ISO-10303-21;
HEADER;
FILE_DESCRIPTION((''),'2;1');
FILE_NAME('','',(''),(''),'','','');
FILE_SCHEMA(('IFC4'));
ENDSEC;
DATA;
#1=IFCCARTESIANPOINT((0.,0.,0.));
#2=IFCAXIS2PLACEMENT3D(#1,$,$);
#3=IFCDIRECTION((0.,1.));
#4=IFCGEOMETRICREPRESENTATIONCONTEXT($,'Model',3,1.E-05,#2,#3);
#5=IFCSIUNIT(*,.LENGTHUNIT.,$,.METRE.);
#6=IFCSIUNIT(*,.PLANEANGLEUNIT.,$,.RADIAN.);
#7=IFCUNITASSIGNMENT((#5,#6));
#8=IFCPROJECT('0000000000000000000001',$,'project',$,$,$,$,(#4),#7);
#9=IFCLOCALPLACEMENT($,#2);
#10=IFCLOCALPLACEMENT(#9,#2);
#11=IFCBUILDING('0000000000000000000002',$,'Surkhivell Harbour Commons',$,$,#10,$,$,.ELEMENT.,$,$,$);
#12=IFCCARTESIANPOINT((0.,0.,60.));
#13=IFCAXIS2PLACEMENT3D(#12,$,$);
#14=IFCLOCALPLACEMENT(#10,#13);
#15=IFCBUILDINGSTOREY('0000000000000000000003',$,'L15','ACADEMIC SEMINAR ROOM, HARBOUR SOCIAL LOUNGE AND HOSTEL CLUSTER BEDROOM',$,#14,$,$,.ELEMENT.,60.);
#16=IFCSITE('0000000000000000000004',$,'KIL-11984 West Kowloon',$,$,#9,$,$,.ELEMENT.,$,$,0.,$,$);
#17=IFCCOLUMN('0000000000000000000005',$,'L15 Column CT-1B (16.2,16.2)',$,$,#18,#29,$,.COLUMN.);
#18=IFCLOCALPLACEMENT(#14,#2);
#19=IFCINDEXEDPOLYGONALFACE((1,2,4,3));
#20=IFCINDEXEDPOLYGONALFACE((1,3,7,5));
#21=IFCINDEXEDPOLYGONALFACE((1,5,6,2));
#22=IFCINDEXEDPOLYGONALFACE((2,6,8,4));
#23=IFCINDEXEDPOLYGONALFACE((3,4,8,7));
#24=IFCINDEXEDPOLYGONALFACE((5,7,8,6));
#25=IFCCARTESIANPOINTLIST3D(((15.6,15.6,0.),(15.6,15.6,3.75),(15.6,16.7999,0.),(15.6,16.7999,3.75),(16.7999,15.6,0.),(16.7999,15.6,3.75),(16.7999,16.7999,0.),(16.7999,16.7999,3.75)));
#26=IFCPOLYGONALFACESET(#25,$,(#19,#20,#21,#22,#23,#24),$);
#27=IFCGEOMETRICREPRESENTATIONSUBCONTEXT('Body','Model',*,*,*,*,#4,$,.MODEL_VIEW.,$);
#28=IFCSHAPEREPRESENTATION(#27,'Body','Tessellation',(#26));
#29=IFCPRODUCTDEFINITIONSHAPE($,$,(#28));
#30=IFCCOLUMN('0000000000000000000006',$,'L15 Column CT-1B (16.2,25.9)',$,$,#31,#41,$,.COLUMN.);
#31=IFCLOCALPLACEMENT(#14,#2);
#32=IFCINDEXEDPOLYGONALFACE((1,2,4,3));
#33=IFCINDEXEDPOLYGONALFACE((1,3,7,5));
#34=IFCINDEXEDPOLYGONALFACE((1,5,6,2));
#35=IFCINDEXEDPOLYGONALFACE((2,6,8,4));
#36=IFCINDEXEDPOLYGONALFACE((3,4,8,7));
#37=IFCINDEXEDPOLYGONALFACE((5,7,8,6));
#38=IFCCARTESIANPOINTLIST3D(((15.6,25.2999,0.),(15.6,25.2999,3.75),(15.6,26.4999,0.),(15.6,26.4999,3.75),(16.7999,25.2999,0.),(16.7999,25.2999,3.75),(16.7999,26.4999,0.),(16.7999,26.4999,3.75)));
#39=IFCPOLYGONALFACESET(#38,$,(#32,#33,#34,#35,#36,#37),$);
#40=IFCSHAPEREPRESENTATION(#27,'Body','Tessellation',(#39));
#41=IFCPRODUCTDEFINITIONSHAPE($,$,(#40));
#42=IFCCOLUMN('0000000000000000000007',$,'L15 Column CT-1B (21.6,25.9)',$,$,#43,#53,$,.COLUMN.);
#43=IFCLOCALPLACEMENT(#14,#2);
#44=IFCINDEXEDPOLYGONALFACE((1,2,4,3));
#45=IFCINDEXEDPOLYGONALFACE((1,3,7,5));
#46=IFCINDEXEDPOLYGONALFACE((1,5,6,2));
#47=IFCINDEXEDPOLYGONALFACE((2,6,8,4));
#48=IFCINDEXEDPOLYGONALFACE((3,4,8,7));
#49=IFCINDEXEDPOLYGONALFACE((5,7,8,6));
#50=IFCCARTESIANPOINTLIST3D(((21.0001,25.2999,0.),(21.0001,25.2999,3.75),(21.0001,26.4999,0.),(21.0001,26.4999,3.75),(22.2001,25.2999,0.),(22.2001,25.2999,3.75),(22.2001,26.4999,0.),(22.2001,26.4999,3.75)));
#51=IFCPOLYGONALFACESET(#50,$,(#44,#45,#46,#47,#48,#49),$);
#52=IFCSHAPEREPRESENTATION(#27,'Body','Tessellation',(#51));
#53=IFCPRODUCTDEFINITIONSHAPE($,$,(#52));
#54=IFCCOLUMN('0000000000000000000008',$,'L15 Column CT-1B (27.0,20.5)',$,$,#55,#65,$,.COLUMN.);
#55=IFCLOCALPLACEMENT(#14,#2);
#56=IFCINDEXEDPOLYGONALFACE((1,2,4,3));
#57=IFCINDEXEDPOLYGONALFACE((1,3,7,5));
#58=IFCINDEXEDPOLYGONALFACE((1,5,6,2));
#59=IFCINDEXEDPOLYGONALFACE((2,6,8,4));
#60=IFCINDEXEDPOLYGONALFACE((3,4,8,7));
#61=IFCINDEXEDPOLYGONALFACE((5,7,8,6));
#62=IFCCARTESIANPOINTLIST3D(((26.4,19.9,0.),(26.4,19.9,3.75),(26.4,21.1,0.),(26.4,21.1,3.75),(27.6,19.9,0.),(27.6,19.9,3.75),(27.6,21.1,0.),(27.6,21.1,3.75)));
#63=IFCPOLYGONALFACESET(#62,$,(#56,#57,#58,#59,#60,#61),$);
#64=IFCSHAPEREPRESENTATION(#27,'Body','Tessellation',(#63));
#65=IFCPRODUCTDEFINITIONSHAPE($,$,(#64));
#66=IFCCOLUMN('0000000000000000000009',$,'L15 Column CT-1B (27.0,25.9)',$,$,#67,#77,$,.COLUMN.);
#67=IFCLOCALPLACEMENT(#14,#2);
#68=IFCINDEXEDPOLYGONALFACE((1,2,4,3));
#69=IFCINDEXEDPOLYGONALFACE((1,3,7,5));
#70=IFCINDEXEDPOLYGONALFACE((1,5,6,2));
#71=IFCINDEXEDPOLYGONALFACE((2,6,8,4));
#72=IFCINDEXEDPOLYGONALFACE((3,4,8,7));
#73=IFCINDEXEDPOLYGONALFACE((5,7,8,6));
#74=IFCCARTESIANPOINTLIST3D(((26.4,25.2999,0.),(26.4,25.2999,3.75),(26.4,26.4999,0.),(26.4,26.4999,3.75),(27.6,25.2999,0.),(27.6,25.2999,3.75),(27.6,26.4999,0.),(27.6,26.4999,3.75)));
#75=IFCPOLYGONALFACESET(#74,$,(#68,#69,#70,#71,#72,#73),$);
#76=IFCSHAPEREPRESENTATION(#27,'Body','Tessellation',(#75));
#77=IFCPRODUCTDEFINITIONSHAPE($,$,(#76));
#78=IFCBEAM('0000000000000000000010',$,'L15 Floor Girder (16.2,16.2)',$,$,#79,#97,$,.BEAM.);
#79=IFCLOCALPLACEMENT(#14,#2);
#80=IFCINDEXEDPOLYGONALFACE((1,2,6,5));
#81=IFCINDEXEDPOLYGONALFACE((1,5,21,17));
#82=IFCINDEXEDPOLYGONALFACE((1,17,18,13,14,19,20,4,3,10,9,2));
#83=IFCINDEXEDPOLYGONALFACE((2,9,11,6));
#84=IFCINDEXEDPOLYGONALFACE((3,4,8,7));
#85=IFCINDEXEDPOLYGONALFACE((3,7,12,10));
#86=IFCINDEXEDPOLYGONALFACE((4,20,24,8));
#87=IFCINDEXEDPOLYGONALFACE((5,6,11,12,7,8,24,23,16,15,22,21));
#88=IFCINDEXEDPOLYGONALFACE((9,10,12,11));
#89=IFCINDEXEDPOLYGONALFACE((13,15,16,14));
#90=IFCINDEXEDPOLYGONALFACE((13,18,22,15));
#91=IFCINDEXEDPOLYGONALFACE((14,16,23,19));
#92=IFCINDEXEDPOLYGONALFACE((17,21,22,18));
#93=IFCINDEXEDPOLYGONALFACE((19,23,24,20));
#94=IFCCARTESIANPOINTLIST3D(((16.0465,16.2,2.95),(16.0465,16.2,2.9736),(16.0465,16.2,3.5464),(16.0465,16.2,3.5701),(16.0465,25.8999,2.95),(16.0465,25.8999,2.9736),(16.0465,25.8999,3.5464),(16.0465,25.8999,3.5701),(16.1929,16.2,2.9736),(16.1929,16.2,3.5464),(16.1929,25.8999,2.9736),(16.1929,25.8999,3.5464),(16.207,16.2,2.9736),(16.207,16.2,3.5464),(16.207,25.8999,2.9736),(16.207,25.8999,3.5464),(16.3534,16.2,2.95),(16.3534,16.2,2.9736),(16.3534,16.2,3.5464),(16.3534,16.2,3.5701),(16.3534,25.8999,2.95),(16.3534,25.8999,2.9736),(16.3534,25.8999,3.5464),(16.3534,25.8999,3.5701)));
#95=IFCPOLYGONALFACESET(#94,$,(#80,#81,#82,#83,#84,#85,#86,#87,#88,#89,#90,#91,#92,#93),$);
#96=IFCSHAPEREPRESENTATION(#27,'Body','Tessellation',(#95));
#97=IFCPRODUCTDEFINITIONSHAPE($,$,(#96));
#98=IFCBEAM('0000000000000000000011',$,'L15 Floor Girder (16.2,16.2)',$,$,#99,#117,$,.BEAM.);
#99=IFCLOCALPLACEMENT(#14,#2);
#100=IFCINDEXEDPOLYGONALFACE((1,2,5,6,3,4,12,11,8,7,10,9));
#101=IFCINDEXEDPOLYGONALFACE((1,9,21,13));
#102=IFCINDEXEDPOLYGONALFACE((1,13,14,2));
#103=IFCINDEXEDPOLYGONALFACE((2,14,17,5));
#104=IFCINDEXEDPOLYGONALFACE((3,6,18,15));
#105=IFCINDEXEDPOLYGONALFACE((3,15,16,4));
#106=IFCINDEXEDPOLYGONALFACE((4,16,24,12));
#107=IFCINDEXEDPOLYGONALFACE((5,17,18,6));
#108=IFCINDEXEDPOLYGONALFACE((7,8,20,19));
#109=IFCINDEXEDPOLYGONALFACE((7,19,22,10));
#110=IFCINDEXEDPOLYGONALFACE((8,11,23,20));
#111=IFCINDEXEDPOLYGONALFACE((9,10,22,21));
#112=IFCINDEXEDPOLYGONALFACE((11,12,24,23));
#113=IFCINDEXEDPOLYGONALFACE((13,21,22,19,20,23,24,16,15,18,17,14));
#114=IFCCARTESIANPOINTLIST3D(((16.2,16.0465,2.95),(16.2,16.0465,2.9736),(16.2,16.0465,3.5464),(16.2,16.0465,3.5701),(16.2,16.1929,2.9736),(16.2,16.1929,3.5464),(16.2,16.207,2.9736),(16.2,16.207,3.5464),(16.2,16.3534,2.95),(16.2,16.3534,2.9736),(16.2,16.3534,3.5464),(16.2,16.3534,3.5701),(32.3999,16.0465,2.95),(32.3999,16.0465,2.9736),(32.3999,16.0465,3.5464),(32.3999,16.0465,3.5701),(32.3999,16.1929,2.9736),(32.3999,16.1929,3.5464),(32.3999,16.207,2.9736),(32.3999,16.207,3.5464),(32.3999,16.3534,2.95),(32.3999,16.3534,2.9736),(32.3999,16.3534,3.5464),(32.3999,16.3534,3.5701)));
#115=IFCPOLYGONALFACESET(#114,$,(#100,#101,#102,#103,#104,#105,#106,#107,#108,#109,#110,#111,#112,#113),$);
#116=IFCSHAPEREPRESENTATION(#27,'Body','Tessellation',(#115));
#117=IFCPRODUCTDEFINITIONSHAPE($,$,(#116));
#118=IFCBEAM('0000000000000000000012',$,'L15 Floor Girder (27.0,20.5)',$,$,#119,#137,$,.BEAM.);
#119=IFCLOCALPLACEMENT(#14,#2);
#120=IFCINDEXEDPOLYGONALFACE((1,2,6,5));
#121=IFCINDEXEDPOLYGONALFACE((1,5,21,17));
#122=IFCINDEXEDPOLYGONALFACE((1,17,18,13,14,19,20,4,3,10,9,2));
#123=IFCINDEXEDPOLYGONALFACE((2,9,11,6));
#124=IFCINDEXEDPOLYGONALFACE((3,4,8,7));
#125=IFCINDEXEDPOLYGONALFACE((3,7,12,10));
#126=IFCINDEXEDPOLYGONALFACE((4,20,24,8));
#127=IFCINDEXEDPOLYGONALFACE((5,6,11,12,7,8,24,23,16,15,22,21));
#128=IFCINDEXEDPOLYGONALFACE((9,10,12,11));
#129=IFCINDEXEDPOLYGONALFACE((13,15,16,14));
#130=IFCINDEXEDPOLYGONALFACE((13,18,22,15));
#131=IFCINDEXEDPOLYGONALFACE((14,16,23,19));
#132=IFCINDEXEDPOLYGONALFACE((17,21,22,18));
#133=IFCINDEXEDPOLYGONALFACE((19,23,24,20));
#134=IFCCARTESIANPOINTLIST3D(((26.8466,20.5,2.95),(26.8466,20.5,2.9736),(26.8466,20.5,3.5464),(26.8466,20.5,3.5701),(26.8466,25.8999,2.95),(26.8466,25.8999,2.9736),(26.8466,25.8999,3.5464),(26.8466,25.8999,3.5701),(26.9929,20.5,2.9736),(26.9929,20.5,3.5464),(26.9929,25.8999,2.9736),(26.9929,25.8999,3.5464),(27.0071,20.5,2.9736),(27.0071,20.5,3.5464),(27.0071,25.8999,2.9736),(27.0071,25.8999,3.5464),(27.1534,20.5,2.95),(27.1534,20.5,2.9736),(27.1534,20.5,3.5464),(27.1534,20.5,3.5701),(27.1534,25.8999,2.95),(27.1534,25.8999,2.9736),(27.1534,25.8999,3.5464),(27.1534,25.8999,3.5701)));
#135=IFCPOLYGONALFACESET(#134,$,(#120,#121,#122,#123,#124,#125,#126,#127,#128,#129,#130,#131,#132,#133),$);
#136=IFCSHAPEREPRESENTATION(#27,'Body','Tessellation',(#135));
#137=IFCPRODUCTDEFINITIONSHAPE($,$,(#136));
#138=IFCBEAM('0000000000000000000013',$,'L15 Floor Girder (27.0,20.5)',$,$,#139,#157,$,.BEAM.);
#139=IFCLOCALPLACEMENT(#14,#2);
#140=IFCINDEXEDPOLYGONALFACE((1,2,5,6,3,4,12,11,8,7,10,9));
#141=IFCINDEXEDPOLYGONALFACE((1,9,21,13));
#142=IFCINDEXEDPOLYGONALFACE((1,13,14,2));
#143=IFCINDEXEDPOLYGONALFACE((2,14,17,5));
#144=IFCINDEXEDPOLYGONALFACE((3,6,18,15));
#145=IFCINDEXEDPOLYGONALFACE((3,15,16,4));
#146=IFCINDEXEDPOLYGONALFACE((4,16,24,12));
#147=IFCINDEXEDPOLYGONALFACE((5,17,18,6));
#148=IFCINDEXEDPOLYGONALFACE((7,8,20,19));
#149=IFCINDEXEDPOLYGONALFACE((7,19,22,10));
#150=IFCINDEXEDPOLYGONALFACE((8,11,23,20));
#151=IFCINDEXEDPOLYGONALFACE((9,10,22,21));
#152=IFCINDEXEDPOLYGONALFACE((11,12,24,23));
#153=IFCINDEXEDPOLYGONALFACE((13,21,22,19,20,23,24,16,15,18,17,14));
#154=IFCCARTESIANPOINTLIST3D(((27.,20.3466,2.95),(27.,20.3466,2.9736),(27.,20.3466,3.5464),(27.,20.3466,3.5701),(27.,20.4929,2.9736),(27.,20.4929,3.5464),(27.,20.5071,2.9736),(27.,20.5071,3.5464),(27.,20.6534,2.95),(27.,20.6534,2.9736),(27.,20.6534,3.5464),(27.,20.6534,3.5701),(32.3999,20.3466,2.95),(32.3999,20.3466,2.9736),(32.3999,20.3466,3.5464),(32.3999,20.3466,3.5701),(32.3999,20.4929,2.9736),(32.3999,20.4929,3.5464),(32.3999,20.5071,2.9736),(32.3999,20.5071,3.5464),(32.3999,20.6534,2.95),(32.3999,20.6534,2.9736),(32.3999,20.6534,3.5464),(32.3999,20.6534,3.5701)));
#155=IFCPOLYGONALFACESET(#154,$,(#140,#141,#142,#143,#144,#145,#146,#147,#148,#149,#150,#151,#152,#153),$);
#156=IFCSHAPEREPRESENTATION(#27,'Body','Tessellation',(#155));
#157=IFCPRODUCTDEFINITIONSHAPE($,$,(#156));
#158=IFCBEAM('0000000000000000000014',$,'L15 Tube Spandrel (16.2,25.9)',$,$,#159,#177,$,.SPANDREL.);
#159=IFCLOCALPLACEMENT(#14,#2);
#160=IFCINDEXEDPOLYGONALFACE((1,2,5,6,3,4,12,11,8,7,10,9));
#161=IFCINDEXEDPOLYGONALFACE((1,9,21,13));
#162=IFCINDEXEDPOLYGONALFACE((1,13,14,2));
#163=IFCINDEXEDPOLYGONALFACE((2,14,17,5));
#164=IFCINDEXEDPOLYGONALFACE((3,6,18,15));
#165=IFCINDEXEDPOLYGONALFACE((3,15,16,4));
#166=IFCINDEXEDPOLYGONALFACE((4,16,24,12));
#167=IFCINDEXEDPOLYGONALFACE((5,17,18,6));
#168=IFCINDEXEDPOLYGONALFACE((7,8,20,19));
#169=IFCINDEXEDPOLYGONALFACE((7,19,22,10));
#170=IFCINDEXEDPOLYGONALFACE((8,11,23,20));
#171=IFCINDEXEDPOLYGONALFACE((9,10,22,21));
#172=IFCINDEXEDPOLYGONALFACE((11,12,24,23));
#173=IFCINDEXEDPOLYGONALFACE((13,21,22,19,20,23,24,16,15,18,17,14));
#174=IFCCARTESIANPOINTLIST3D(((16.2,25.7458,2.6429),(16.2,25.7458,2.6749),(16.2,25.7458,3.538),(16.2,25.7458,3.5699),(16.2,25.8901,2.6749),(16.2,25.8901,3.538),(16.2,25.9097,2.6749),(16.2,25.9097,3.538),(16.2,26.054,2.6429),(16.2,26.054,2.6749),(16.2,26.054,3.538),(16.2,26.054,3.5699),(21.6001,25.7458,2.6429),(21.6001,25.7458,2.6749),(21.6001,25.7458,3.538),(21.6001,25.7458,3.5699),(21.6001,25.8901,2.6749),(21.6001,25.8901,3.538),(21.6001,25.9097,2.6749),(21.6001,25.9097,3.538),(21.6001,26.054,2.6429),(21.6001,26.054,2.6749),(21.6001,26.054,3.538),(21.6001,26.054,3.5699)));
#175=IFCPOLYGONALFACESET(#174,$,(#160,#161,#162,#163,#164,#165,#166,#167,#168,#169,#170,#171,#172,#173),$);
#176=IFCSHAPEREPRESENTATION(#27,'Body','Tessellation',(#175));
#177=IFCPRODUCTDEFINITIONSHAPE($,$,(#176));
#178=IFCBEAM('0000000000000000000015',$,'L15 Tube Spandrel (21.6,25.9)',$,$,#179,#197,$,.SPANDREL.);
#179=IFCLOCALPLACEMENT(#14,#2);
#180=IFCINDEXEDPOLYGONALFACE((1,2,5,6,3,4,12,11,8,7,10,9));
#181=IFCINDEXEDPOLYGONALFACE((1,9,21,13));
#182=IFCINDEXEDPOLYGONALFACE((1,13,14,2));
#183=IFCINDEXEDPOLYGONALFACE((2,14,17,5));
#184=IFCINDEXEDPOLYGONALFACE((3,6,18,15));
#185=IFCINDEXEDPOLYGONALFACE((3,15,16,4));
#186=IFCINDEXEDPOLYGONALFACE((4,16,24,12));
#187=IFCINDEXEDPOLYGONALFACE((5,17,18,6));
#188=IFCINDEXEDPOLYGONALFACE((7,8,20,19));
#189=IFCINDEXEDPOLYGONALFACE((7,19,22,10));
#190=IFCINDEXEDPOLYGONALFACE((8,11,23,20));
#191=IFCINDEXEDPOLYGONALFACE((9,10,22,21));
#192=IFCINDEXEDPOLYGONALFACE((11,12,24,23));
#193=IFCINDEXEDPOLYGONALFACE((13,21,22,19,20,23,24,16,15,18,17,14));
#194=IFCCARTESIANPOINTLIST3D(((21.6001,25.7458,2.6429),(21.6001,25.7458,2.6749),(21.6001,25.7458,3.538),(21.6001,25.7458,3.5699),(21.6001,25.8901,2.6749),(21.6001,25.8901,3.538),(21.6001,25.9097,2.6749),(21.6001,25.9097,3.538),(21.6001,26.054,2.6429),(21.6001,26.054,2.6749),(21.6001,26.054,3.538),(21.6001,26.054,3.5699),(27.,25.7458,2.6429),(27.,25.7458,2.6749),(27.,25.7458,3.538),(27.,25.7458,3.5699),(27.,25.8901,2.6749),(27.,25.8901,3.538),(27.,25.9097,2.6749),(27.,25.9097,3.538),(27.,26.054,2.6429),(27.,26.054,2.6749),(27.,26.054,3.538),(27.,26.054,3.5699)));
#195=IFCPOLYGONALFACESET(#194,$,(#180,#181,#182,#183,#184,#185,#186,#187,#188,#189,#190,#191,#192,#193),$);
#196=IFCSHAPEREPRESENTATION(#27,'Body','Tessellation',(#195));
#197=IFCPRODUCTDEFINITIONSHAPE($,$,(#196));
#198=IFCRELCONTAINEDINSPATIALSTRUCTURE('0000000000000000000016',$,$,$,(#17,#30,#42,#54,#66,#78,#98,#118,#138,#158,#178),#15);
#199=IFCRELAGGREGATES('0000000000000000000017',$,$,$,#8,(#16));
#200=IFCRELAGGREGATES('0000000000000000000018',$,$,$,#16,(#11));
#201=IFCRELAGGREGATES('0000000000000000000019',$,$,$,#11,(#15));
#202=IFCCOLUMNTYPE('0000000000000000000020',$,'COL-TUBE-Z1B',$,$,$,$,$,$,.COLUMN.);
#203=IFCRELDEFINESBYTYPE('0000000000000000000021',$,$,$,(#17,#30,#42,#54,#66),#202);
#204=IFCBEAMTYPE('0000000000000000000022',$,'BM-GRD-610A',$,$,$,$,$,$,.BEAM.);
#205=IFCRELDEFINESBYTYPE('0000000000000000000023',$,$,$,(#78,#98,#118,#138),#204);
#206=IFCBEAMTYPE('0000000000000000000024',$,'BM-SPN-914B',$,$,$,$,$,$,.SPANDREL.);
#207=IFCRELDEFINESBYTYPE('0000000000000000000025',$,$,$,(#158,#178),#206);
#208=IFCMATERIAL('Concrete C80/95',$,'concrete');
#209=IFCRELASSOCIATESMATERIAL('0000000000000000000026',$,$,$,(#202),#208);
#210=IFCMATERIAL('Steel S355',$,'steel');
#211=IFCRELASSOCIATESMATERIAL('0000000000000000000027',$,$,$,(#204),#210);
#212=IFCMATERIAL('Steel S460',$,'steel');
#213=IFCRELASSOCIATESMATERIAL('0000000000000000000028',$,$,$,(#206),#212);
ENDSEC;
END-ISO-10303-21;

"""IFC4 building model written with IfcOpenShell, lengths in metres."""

from ifc_helpers import new_model, si_unit, direction, frame, origin, origin_2d, place, context, subcontext, project, spatial, rectangle, i_section, extrude, material, material_profile, profile_set, type_object, element, save


model = new_model("IFC4")

# Units and contexts
model_context = context("Model", 3, precision=1e-05, world=origin(), true_north=direction((0.0, 1.0)))
body_context = subcontext(model_context, "Body", "Model", "MODEL_VIEW")
ifc_project = project(units=[si_unit("LENGTHUNIT", "METRE"), si_unit("PLANEANGLEUNIT", "RADIAN")], contexts=[model_context])

# Site, building, storey
site_placement = place(None, origin())
site = spatial("IfcSite", under=ifc_project, at=site_placement, Name="KIL-11984 West Kowloon", CompositionType="ELEMENT", RefElevation=0.0)
building_placement = place(site_placement, origin())
building = spatial("IfcBuilding", under=site, at=building_placement, Name="Surkhivell Harbour Commons", CompositionType="ELEMENT")
storey_placement = place(building_placement, frame((0.0, 0.0, 60.0)))
storey = spatial("IfcBuildingStorey", under=building, at=storey_placement, Name="L15", Description="ACADEMIC SEMINAR ROOM, HARBOUR SOCIAL LOUNGE AND HOSTEL CLUSTER BEDROOM", CompositionType="ELEMENT", Elevation=60.0)

# Columns
ifc_material_1 = material(Name="Concrete C80/95", Category="concrete")
ifc_material_profile_1 = material_profile(ifc_material_1, rectangle(XDim=1.2, YDim=1.2, at=origin_2d()), Name="RC-COL-1200x1200")
ifc_profile_set_1 = profile_set([ifc_material_profile_1], Name="Concrete C80/95")
column_type = type_object("IfcColumnType", Name="COL-TUBE-Z1B", PredefinedType="COLUMN", material=ifc_profile_set_1)
for number, where, z_axis, x_axis, name in (
    (1, (16.2, 16.2, 0.0), (0.0, 0.0, 1.0), (1.0, 0.0, 0.0), "L15 Column CT-1B (16.2,16.2)"),
    (2, (16.2, 25.8999, 0.0), (0.0, 0.0, 1.0), (1.0, 0.0, 0.0), "L15 Column CT-1B (16.2,25.9)"),
    (3, (21.6001, 25.8999, 0.0), (0.0, 0.0, 1.0), (1.0, 0.0, 0.0), "L15 Column CT-1B (21.6,25.9)"),
    (4, (27.0, 20.5, 0.0), (0.0, 0.0, 1.0), (1.0, 0.0, 0.0), "L15 Column CT-1B (27.0,20.5)"),
    (5, (27.0, 25.8999, 0.0), (0.0, 0.0, 1.0), (1.0, 0.0, 0.0), "L15 Column CT-1B (27.0,25.9)"),
):
    element("IfcColumn", number, at=place(storey_placement, frame(where, z_axis=z_axis, x_axis=x_axis)), inside=storey, type_object=column_type, Name=name, PredefinedType="COLUMN", context=body_context, shape_type="SweptSolid", body=[
        extrude(rectangle(XDim=1.2, YDim=1.2, at=origin_2d()), origin(), (0.0, 0.0, 1.0), 3.75),
    ])

# Beams
ifc_material_2 = material(Name="Steel S355", Category="steel")
ifc_material_profile_2 = material_profile(ifc_material_2, i_section(OverallWidth=0.3069, OverallDepth=0.6201, WebThickness=0.0142, FlangeThickness=0.0237, at=origin_2d()), Name="UB610x305x179")
ifc_profile_set_2 = profile_set([ifc_material_profile_2], Name="Steel S355")
beam_type_1 = type_object("IfcBeamType", Name="BM-GRD-610A", PredefinedType="BEAM", material=ifc_profile_set_2)
beam_1_placement = place(storey_placement, frame((16.2, 16.2, 3.26), z_axis=(0.0, 1.0, 0.0), x_axis=(-1.0, 0.0, 0.0)))
element("IfcBeam", 6, at=beam_1_placement, inside=storey, type_object=beam_type_1, Name="L15 Floor Girder (16.2,16.2)", PredefinedType="BEAM", context=body_context, shape_type="SweptSolid", body=[
    extrude(i_section(OverallWidth=0.3069, OverallDepth=0.6201, WebThickness=0.0142, FlangeThickness=0.0237, at=origin_2d()), origin(), (0.0, 0.0, 1.0), 9.7),
])
beam_2_placement = place(storey_placement, frame((16.2, 16.2, 3.26), z_axis=(1.0, 0.0, 0.0), x_axis=(0.0, 1.0, 0.0)))
element("IfcBeam", 7, at=beam_2_placement, inside=storey, type_object=beam_type_1, Name="L15 Floor Girder (16.2,16.2)", PredefinedType="BEAM", context=body_context, shape_type="SweptSolid", body=[
    extrude(i_section(OverallWidth=0.3069, OverallDepth=0.6201, WebThickness=0.0142, FlangeThickness=0.0237, at=origin_2d()), origin(), (0.0, 0.0, 1.0), 16.2),
])
for number, where, z_axis, x_axis, name in (
    (8, (27.0, 20.5, 3.26), (0.0, 1.0, 0.0), (-1.0, 0.0, 0.0), "L15 Floor Girder (27.0,20.5)"),
    (9, (27.0, 20.5, 3.26), (1.0, 0.0, 0.0), (0.0, 1.0, 0.0), "L15 Floor Girder (27.0,20.5)"),
):
    element("IfcBeam", number, at=place(storey_placement, frame(where, z_axis=z_axis, x_axis=x_axis)), inside=storey, type_object=beam_type_1, Name=name, PredefinedType="BEAM", context=body_context, shape_type="SweptSolid", body=[
        extrude(i_section(OverallWidth=0.3069, OverallDepth=0.6201, WebThickness=0.0142, FlangeThickness=0.0237, at=origin_2d()), origin(), (0.0, 0.0, 1.0), 5.3999),
    ])
ifc_material_3 = material(Name="Steel S460", Category="steel")
ifc_material_profile_3 = material_profile(ifc_material_3, i_section(OverallWidth=0.3081, OverallDepth=0.927, WebThickness=0.0195, FlangeThickness=0.032, at=origin_2d()), Name="UB914x305x289")
ifc_profile_set_3 = profile_set([ifc_material_profile_3], Name="Steel S460")
beam_type_2 = type_object("IfcBeamType", Name="BM-SPN-914B", PredefinedType="SPANDREL", material=ifc_profile_set_3)
beam_3_placement = place(storey_placement, frame((16.2, 25.8999, 3.1064), z_axis=(1.0, 0.0, 0.0), x_axis=(0.0, 1.0, 0.0)))
element("IfcBeam", 10, at=beam_3_placement, inside=storey, type_object=beam_type_2, Name="L15 Tube Spandrel (16.2,25.9)", PredefinedType="SPANDREL", context=body_context, shape_type="SweptSolid", body=[
    extrude(i_section(OverallWidth=0.3081, OverallDepth=0.927, WebThickness=0.0195, FlangeThickness=0.032, at=origin_2d()), origin(), (0.0, 0.0, 1.0), 5.4001),
])
beam_4_placement = place(storey_placement, frame((21.6001, 25.8999, 3.1064), z_axis=(1.0, 0.0, 0.0), x_axis=(0.0, 1.0, 0.0)))
element("IfcBeam", 11, at=beam_4_placement, inside=storey, type_object=beam_type_2, Name="L15 Tube Spandrel (21.6,25.9)", PredefinedType="SPANDREL", context=body_context, shape_type="SweptSolid", body=[
    extrude(i_section(OverallWidth=0.3081, OverallDepth=0.927, WebThickness=0.0195, FlangeThickness=0.032, at=origin_2d()), origin(), (0.0, 0.0, 1.0), 5.3999),
])

save(model, "model.ifc")
